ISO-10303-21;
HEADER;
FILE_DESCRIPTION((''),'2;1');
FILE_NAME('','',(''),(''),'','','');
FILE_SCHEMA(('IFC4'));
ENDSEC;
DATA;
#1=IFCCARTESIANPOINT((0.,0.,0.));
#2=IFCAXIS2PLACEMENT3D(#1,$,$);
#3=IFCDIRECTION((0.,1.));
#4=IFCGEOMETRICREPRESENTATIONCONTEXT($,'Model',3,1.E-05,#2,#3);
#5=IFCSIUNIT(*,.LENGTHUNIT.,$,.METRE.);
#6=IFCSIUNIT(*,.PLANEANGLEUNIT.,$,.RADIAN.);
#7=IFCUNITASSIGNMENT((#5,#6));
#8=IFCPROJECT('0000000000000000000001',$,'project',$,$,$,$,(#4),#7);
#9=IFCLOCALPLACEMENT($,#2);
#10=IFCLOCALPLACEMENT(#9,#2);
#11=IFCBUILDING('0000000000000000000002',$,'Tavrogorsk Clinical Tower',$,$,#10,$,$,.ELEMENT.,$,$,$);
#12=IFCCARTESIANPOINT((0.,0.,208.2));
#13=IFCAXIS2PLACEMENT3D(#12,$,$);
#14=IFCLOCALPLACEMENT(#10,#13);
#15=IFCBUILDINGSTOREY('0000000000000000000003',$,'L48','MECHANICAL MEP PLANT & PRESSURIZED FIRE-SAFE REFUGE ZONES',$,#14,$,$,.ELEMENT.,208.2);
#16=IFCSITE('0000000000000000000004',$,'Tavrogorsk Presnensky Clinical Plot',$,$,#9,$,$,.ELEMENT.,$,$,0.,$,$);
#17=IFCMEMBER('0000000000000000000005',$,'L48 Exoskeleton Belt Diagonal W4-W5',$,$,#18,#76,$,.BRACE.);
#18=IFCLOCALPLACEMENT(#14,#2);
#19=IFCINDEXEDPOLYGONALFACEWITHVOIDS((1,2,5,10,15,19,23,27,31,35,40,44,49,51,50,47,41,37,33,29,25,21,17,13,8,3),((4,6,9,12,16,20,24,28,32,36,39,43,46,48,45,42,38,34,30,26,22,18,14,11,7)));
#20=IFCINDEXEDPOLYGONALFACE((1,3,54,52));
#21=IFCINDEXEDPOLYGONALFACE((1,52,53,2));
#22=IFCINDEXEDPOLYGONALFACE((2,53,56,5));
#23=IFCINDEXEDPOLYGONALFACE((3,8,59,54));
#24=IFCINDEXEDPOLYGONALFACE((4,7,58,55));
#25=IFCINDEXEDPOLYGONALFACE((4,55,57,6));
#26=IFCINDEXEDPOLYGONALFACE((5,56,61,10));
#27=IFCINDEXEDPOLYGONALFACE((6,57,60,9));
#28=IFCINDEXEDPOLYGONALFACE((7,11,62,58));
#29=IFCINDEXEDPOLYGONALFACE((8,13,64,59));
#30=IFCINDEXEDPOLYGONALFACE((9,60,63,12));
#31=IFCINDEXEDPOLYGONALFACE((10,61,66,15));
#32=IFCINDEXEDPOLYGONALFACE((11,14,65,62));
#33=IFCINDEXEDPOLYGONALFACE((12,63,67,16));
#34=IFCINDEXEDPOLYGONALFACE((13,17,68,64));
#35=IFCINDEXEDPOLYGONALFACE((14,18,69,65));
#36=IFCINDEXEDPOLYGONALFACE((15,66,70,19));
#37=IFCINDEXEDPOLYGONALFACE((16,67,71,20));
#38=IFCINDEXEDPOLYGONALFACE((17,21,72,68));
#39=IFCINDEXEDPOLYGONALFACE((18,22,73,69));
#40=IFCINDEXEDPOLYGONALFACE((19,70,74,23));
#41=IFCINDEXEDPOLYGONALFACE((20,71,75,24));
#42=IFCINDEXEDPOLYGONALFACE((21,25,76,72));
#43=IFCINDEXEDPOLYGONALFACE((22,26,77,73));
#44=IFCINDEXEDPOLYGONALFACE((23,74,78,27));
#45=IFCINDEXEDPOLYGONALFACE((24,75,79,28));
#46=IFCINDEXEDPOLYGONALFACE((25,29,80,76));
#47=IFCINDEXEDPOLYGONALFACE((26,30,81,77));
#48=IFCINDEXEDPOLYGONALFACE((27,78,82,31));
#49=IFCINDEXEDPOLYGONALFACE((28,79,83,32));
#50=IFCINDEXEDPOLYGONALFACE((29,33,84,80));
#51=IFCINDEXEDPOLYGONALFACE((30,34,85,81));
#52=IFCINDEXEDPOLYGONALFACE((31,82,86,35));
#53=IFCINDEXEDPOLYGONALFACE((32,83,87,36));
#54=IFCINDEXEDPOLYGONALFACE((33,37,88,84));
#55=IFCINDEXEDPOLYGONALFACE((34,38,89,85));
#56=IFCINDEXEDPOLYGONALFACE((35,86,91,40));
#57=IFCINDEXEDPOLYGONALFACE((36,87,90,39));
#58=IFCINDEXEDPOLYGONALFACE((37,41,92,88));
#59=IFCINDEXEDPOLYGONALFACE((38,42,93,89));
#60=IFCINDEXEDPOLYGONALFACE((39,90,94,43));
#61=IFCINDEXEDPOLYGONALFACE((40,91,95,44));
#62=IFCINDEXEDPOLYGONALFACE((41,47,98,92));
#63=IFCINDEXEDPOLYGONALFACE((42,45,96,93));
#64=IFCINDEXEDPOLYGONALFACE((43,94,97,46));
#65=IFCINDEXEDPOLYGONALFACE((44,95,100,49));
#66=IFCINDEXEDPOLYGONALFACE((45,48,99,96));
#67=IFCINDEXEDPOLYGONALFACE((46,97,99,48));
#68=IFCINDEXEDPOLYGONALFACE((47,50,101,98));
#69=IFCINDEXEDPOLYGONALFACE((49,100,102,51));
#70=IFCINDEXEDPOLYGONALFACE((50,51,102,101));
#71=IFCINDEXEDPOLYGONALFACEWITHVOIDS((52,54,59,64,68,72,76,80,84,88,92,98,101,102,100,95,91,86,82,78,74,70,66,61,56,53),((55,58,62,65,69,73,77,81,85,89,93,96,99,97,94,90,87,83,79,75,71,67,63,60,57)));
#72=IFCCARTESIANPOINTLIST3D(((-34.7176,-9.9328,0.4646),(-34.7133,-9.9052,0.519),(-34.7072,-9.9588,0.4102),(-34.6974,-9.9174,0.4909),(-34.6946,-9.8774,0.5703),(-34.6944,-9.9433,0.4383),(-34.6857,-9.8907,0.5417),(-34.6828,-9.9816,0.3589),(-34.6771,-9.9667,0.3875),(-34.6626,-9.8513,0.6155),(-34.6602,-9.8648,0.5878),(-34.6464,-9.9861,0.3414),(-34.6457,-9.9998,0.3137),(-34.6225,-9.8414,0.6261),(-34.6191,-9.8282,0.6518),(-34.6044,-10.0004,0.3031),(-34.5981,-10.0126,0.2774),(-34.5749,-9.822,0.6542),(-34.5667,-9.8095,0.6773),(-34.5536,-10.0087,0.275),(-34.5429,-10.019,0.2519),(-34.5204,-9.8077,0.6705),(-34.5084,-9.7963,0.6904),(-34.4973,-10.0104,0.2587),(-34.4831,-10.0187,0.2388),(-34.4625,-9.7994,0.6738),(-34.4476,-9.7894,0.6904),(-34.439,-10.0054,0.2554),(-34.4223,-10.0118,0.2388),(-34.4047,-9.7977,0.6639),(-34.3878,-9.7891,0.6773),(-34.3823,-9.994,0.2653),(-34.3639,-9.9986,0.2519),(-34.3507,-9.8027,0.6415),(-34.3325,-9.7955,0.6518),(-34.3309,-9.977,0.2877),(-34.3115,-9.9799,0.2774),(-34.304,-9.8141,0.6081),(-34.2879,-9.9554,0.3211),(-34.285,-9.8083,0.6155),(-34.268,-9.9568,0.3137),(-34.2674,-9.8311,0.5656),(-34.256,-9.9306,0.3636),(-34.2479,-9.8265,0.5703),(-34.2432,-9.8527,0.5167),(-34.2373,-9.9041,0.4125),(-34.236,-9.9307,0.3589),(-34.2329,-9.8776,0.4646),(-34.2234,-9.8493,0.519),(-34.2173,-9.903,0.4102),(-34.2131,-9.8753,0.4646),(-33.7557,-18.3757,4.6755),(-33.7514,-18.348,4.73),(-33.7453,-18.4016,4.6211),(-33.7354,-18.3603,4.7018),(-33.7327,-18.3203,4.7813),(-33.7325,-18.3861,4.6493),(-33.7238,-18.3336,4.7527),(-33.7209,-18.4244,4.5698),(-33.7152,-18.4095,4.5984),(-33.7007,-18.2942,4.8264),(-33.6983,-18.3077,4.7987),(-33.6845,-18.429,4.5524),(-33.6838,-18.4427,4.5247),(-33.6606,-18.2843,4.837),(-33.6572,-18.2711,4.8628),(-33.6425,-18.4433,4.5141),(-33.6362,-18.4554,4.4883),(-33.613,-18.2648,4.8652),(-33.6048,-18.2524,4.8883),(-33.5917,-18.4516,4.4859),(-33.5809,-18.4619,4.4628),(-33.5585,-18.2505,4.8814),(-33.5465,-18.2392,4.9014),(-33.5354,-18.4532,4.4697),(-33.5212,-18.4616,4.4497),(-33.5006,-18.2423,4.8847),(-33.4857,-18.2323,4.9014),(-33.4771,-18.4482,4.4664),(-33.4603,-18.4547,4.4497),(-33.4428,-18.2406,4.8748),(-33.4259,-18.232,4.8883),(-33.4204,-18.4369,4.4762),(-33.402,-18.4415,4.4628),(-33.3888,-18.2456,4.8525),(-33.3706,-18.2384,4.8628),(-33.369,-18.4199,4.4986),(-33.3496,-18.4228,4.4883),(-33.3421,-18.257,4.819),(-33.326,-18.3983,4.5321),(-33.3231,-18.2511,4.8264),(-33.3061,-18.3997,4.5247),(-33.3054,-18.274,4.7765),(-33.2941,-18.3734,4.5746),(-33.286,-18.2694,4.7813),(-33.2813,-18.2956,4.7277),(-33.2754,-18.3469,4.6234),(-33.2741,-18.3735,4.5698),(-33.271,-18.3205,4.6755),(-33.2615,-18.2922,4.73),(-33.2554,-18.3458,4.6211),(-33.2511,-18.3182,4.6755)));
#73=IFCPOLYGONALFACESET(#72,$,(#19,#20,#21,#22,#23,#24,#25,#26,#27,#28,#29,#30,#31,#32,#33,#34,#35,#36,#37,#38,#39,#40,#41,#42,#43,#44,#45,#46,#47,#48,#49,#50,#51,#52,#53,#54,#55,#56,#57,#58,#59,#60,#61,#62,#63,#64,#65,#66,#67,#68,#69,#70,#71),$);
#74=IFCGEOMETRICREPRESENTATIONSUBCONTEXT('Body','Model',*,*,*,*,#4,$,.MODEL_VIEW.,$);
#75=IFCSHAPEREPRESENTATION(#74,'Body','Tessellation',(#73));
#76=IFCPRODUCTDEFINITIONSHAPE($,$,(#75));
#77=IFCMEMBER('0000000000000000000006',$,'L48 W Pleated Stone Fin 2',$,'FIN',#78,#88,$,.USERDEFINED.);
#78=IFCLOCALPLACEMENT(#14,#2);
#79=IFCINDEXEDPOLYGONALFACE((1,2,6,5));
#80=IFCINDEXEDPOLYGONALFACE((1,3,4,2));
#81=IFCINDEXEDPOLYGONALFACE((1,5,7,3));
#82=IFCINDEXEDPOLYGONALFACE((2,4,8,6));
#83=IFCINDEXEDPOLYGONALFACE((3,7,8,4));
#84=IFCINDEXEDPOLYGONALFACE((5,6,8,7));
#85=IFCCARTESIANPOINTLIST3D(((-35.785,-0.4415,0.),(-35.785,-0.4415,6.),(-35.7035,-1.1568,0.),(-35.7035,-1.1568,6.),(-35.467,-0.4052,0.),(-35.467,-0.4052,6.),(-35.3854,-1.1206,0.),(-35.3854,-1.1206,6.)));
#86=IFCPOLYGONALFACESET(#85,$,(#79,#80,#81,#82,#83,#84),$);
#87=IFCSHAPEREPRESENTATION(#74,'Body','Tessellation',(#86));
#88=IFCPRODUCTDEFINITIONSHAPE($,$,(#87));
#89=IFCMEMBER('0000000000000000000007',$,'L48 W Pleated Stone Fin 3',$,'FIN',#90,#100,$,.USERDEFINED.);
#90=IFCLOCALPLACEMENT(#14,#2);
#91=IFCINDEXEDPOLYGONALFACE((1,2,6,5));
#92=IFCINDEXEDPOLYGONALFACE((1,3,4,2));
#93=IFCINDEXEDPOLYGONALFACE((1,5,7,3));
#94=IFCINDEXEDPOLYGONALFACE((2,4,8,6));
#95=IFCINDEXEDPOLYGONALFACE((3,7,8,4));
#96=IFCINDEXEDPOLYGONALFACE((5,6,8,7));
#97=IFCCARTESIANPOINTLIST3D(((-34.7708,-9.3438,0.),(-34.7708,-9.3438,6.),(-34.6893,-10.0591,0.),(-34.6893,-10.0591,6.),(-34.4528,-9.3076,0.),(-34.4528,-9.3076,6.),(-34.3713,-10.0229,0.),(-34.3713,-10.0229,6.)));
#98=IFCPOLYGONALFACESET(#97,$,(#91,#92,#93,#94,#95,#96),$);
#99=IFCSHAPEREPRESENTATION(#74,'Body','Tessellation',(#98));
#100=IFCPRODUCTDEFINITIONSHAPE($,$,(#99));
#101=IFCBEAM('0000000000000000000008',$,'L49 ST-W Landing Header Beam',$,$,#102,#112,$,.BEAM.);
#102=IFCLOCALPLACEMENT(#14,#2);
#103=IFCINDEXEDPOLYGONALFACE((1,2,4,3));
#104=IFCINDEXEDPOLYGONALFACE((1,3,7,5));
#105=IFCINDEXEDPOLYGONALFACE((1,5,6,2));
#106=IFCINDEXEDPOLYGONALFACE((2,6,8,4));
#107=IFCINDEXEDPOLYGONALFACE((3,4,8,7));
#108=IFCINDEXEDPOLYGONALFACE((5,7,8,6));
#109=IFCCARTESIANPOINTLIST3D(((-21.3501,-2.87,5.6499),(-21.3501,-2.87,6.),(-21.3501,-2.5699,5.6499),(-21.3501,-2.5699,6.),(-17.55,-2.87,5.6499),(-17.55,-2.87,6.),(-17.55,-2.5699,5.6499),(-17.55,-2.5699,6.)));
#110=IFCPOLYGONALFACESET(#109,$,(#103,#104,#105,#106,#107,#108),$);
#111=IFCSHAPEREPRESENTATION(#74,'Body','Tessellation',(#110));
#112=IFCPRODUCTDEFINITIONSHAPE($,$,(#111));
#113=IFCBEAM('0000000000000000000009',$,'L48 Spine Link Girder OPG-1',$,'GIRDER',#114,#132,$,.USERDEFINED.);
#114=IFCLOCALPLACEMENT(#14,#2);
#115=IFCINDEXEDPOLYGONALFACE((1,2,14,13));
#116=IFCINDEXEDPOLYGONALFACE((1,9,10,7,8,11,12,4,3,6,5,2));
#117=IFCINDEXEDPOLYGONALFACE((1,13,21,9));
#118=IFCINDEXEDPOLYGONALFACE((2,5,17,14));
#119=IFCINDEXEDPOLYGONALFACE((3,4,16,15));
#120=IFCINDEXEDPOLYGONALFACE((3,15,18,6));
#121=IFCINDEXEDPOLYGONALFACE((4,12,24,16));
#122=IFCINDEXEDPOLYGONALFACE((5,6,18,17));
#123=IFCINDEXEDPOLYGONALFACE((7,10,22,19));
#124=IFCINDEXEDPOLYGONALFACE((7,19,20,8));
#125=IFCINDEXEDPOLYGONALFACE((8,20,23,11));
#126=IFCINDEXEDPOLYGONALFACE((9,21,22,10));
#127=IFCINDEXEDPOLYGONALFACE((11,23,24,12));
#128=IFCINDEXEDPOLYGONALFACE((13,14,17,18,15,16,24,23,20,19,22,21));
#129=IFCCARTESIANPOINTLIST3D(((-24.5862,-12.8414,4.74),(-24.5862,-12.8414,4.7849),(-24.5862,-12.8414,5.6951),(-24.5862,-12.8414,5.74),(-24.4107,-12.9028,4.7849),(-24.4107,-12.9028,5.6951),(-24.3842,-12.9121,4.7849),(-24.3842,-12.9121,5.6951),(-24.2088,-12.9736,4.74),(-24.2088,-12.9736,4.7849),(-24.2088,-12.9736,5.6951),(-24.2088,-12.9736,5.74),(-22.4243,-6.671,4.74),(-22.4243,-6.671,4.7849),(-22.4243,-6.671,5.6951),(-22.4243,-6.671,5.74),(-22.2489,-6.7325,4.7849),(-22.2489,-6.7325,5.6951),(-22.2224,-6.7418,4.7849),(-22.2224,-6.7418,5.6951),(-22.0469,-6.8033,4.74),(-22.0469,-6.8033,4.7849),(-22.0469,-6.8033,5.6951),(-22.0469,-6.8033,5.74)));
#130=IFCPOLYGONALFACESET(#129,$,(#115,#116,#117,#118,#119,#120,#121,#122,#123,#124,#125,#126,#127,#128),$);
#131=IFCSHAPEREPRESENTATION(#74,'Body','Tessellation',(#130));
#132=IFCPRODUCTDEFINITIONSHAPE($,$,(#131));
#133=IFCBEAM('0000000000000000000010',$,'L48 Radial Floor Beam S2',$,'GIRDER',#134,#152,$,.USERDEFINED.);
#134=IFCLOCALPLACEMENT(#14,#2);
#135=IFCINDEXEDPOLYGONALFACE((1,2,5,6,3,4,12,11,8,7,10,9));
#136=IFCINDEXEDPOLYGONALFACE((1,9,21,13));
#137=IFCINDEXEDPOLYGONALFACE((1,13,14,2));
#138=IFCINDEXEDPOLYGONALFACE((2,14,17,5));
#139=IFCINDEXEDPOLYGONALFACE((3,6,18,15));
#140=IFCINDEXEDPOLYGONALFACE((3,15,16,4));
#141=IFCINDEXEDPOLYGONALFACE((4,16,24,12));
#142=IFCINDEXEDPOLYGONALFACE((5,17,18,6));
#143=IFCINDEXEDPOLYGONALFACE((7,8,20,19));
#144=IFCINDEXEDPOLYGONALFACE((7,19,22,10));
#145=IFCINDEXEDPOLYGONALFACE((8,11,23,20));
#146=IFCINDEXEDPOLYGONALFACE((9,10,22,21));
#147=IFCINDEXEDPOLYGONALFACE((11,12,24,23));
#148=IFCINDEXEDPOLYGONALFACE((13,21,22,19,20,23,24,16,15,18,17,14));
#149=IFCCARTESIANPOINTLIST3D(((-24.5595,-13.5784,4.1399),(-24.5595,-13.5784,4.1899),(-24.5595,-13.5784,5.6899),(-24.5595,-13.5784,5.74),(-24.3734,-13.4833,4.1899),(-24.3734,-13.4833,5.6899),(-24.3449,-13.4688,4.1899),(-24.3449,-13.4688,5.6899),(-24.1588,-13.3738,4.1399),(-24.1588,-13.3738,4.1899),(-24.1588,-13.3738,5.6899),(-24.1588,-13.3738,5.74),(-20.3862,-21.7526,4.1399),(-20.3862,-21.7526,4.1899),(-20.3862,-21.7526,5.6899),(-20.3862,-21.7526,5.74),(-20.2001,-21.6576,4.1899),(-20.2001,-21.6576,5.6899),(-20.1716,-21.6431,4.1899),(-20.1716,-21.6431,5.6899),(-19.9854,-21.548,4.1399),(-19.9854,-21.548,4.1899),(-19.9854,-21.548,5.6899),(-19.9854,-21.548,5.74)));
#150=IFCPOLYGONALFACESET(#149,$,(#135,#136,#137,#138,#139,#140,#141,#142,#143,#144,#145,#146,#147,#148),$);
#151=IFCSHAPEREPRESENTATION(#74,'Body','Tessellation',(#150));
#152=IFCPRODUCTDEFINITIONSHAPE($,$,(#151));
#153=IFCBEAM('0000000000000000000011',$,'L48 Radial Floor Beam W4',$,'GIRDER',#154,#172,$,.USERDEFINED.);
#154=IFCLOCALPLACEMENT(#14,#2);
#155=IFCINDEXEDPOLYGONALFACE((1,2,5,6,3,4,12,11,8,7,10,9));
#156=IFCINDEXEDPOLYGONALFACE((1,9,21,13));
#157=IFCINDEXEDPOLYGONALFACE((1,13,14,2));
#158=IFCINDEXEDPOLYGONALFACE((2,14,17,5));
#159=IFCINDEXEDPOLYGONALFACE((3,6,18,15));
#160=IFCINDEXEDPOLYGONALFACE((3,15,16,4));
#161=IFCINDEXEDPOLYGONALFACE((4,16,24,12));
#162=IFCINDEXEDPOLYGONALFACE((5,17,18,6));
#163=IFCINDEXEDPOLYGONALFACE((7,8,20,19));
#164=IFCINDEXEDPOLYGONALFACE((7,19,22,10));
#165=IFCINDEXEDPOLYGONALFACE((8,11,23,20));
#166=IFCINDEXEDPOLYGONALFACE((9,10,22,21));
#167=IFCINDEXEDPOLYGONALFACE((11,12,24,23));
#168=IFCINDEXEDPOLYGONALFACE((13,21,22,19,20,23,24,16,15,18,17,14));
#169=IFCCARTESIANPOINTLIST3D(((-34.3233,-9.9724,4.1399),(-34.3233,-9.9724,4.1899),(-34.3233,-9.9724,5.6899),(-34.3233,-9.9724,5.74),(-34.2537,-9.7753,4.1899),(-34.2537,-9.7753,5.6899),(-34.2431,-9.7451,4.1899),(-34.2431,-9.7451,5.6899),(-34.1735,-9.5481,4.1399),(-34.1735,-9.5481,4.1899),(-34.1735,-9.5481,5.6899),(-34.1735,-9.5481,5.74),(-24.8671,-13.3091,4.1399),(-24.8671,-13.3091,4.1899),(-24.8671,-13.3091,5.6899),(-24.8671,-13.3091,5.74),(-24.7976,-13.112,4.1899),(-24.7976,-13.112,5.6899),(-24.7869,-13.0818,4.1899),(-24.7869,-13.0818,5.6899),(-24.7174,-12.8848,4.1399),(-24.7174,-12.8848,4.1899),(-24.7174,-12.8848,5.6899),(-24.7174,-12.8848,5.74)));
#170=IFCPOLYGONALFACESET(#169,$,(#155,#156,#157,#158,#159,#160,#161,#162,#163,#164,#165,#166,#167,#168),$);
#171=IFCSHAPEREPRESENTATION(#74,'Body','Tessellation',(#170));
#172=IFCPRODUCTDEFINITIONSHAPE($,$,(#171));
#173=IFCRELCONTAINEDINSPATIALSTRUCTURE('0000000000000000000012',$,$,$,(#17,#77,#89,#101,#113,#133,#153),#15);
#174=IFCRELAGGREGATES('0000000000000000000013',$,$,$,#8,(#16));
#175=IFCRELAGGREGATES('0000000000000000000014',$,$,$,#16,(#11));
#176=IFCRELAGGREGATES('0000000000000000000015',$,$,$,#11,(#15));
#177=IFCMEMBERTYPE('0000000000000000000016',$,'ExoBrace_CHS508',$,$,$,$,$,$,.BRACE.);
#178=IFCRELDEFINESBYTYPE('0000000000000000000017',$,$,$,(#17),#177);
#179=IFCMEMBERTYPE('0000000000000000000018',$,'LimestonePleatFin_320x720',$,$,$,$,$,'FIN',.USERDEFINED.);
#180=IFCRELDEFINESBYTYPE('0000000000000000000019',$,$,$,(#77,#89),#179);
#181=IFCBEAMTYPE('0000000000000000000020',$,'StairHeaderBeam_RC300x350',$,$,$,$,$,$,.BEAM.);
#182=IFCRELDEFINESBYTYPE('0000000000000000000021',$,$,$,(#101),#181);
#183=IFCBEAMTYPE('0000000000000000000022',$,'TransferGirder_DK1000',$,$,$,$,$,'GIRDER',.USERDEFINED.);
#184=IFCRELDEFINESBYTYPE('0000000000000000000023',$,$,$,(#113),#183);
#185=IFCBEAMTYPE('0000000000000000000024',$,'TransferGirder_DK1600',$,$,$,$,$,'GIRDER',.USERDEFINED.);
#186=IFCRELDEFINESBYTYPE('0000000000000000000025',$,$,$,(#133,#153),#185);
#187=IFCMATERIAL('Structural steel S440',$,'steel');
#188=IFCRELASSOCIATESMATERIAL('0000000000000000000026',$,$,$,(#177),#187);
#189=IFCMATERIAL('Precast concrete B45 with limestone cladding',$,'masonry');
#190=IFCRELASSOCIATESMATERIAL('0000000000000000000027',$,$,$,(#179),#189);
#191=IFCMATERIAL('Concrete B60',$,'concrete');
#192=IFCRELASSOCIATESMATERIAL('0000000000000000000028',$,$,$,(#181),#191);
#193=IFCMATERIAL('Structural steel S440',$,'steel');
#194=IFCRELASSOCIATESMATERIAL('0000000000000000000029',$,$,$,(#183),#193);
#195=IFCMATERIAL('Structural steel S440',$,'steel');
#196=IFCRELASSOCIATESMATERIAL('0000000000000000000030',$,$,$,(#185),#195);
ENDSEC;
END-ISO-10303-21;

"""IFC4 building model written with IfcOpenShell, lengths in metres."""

from ifc_helpers import new_model, si_unit, direction, frame, origin, origin_2d, place, context, subcontext, project, spatial, rectangle, hollow_circle, i_section, extrude, material, material_profile, profile_set, type_object, element, save


model = new_model("IFC4")

# Units and contexts
model_context = context("Model", 3, precision=1e-05, world=origin(), true_north=direction((0.0, 1.0)))
body_context = subcontext(model_context, "Body", "Model", "MODEL_VIEW")
ifc_project = project(units=[si_unit("LENGTHUNIT", "METRE"), si_unit("PLANEANGLEUNIT", "RADIAN")], contexts=[model_context])

# Site, building, storey
site_placement = place(None, origin())
site = spatial("IfcSite", under=ifc_project, at=site_placement, Name="Tavrogorsk Presnensky Clinical Plot", CompositionType="ELEMENT", RefElevation=0.0)
building_placement = place(site_placement, origin())
building = spatial("IfcBuilding", under=site, at=building_placement, Name="Tavrogorsk Clinical Tower", CompositionType="ELEMENT")
storey_placement = place(building_placement, frame((0.0, 0.0, 208.2)))
storey = spatial("IfcBuildingStorey", under=building, at=storey_placement, Name="L48", Description="MECHANICAL MEP PLANT & PRESSURIZED FIRE-SAFE REFUGE ZONES", CompositionType="ELEMENT", Elevation=208.2)

# Members
ifc_material_1 = material(Name="Structural steel S440", Category="steel")
ifc_material_profile_1 = material_profile(ifc_material_1, hollow_circle(Radius=0.2539, WallThickness=0.02, at=origin_2d()), Name="CHS-508x20")
ifc_profile_set_1 = profile_set([ifc_material_profile_1], Name="Structural steel S440")
member_type_1 = type_object("IfcMemberType", Name="ExoBrace_CHS508", PredefinedType="BRACE", material=ifc_profile_set_1)
for number, where, z_axis, x_axis, name in (
    (1, (-34.4653, -9.9041, 0.4646), (0.101429, -0.890257, 0.444021), (0.993572, 0.1132, 0.0), "L48 Exoskeleton Belt Diagonal W4-W5"),
):
    element("IfcMember", number, at=place(storey_placement, frame(where, z_axis=z_axis, x_axis=x_axis)), inside=storey, type_object=member_type_1, Name=name, PredefinedType="BRACE", context=body_context, shape_type="SweptSolid", body=[
        extrude(hollow_circle(Radius=0.2539, WallThickness=0.02, at=origin_2d()), origin(), (0.0, 0.0, 1.0), 9.4836),
    ])
ifc_material_2 = material(Name="Precast concrete B45 with limestone cladding", Category="masonry")
ifc_material_profile_2 = material_profile(ifc_material_2, rectangle(XDim=0.3201, YDim=0.72, at=origin_2d()), Name="LIMESTONE-FIN-320x720")
ifc_profile_set_2 = profile_set([ifc_material_profile_2], Name="Precast concrete B45 with limestone cladding")
member_type_2 = type_object("IfcMemberType", Name="LimestonePleatFin_320x720", ElementType="FIN", PredefinedType="USERDEFINED", material=ifc_profile_set_2)
for number, where, z_axis, x_axis, name in (
    (2, (-35.5852, -0.781, 0.0), (0.0, 0.0, 1.0), (0.993572, 0.113203, 0.0), "L48 W Pleated Stone Fin 2"),
    (3, (-34.571, -9.6833, 0.0), (0.0, 0.0, 1.0), (0.993572, 0.113203, 0.0), "L48 W Pleated Stone Fin 3"),
):
    element("IfcMember", number, at=place(storey_placement, frame(where, z_axis=z_axis, x_axis=x_axis)), inside=storey, type_object=member_type_2, Name=name, ObjectType="FIN", PredefinedType="USERDEFINED", context=body_context, shape_type="SweptSolid", body=[
        extrude(rectangle(XDim=0.3201, YDim=0.72, at=origin_2d()), origin(), (0.0, 0.0, 1.0), 6.0),
    ])

# Beams
ifc_material_3 = material(Name="Concrete B60", Category="concrete")
ifc_material_profile_3 = material_profile(ifc_material_3, rectangle(XDim=0.3, YDim=0.3501, at=origin_2d()), Name="RC-SHB-300x350")
ifc_profile_set_3 = profile_set([ifc_material_profile_3], Name="Concrete B60")
beam_type_1 = type_object("IfcBeamType", Name="StairHeaderBeam_RC300x350", PredefinedType="BEAM", material=ifc_profile_set_3)
beam_1_placement = place(storey_placement, frame((-21.3501, -2.72, 5.825), z_axis=(1.0, 0.0, 0.0), x_axis=(0.0, 1.0, 0.0)))
element("IfcBeam", 4, at=beam_1_placement, inside=storey, type_object=beam_type_1, Name="L49 ST-W Landing Header Beam", PredefinedType="BEAM", context=body_context, shape_type="SweptSolid", body=[
    extrude(rectangle(XDim=0.3, YDim=0.3501, at=origin_2d()), origin(), (0.0, 0.0, 1.0), 3.8),
])
ifc_material_4 = material(Name="Structural steel S440", Category="steel")
ifc_material_profile_4 = material_profile(ifc_material_4, i_section(OverallWidth=0.3999, OverallDepth=1.0, WebThickness=0.0281, FlangeThickness=0.0449, at=origin_2d()), Name="DK-1000x400x28x45")
ifc_profile_set_4 = profile_set([ifc_material_profile_4], Name="Structural steel S440")
beam_type_2 = type_object("IfcBeamType", Name="TransferGirder_DK1000", ElementType="GIRDER", PredefinedType="USERDEFINED", material=ifc_profile_set_4)
beam_2_placement = place(storey_placement, frame((-24.3975, -12.9075, 5.24), z_axis=(0.330653, 0.943752, 0.0), x_axis=(-0.943752, 0.330653, 0.0)))
element("IfcBeam", 5, at=beam_2_placement, inside=storey, type_object=beam_type_2, Name="L48 Spine Link Girder OPG-1", ObjectType="GIRDER", PredefinedType="USERDEFINED", context=body_context, shape_type="SweptSolid", body=[
    extrude(i_section(OverallWidth=0.3999, OverallDepth=1.0, WebThickness=0.0281, FlangeThickness=0.0449, at=origin_2d()), origin(), (0.0, 0.0, 1.0), 6.5381),
])
ifc_material_5 = material(Name="Structural steel S440", Category="steel")
ifc_material_profile_5 = material_profile(ifc_material_5, i_section(OverallWidth=0.45, OverallDepth=1.6001, WebThickness=0.032, FlangeThickness=0.05, at=origin_2d()), Name="DK-1600x450x32x50")
ifc_profile_set_5 = profile_set([ifc_material_profile_5], Name="Structural steel S440")
beam_type_3 = type_object("IfcBeamType", Name="TransferGirder_DK1600", ElementType="GIRDER", PredefinedType="USERDEFINED", material=ifc_profile_set_5)
beam_3_placement = place(storey_placement, frame((-24.3591, -13.4761, 4.9399), z_axis=(0.45471, -0.89064, 0.0), x_axis=(0.89064, 0.45471, 0.0)))
element("IfcBeam", 6, at=beam_3_placement, inside=storey, type_object=beam_type_3, Name="L48 Radial Floor Beam S2", ObjectType="GIRDER", PredefinedType="USERDEFINED", context=body_context, shape_type="SweptSolid", body=[
    extrude(i_section(OverallWidth=0.45, OverallDepth=1.6001, WebThickness=0.032, FlangeThickness=0.05, at=origin_2d()), origin(), (0.0, 0.0, 1.0), 9.178),
])
beam_4_placement = place(storey_placement, frame((-24.7922, -13.0969, 4.9399), z_axis=(-0.943014, 0.332753, 0.0), x_axis=(-0.332753, -0.943014, 0.0)))
element("IfcBeam", 7, at=beam_4_placement, inside=storey, type_object=beam_type_3, Name="L48 Radial Floor Beam W4", ObjectType="GIRDER", PredefinedType="USERDEFINED", context=body_context, shape_type="SweptSolid", body=[
    extrude(i_section(OverallWidth=0.45, OverallDepth=1.6001, WebThickness=0.032, FlangeThickness=0.05, at=origin_2d()), origin(), (0.0, 0.0, 1.0), 10.0276),
])

save(model, "model.ifc")
